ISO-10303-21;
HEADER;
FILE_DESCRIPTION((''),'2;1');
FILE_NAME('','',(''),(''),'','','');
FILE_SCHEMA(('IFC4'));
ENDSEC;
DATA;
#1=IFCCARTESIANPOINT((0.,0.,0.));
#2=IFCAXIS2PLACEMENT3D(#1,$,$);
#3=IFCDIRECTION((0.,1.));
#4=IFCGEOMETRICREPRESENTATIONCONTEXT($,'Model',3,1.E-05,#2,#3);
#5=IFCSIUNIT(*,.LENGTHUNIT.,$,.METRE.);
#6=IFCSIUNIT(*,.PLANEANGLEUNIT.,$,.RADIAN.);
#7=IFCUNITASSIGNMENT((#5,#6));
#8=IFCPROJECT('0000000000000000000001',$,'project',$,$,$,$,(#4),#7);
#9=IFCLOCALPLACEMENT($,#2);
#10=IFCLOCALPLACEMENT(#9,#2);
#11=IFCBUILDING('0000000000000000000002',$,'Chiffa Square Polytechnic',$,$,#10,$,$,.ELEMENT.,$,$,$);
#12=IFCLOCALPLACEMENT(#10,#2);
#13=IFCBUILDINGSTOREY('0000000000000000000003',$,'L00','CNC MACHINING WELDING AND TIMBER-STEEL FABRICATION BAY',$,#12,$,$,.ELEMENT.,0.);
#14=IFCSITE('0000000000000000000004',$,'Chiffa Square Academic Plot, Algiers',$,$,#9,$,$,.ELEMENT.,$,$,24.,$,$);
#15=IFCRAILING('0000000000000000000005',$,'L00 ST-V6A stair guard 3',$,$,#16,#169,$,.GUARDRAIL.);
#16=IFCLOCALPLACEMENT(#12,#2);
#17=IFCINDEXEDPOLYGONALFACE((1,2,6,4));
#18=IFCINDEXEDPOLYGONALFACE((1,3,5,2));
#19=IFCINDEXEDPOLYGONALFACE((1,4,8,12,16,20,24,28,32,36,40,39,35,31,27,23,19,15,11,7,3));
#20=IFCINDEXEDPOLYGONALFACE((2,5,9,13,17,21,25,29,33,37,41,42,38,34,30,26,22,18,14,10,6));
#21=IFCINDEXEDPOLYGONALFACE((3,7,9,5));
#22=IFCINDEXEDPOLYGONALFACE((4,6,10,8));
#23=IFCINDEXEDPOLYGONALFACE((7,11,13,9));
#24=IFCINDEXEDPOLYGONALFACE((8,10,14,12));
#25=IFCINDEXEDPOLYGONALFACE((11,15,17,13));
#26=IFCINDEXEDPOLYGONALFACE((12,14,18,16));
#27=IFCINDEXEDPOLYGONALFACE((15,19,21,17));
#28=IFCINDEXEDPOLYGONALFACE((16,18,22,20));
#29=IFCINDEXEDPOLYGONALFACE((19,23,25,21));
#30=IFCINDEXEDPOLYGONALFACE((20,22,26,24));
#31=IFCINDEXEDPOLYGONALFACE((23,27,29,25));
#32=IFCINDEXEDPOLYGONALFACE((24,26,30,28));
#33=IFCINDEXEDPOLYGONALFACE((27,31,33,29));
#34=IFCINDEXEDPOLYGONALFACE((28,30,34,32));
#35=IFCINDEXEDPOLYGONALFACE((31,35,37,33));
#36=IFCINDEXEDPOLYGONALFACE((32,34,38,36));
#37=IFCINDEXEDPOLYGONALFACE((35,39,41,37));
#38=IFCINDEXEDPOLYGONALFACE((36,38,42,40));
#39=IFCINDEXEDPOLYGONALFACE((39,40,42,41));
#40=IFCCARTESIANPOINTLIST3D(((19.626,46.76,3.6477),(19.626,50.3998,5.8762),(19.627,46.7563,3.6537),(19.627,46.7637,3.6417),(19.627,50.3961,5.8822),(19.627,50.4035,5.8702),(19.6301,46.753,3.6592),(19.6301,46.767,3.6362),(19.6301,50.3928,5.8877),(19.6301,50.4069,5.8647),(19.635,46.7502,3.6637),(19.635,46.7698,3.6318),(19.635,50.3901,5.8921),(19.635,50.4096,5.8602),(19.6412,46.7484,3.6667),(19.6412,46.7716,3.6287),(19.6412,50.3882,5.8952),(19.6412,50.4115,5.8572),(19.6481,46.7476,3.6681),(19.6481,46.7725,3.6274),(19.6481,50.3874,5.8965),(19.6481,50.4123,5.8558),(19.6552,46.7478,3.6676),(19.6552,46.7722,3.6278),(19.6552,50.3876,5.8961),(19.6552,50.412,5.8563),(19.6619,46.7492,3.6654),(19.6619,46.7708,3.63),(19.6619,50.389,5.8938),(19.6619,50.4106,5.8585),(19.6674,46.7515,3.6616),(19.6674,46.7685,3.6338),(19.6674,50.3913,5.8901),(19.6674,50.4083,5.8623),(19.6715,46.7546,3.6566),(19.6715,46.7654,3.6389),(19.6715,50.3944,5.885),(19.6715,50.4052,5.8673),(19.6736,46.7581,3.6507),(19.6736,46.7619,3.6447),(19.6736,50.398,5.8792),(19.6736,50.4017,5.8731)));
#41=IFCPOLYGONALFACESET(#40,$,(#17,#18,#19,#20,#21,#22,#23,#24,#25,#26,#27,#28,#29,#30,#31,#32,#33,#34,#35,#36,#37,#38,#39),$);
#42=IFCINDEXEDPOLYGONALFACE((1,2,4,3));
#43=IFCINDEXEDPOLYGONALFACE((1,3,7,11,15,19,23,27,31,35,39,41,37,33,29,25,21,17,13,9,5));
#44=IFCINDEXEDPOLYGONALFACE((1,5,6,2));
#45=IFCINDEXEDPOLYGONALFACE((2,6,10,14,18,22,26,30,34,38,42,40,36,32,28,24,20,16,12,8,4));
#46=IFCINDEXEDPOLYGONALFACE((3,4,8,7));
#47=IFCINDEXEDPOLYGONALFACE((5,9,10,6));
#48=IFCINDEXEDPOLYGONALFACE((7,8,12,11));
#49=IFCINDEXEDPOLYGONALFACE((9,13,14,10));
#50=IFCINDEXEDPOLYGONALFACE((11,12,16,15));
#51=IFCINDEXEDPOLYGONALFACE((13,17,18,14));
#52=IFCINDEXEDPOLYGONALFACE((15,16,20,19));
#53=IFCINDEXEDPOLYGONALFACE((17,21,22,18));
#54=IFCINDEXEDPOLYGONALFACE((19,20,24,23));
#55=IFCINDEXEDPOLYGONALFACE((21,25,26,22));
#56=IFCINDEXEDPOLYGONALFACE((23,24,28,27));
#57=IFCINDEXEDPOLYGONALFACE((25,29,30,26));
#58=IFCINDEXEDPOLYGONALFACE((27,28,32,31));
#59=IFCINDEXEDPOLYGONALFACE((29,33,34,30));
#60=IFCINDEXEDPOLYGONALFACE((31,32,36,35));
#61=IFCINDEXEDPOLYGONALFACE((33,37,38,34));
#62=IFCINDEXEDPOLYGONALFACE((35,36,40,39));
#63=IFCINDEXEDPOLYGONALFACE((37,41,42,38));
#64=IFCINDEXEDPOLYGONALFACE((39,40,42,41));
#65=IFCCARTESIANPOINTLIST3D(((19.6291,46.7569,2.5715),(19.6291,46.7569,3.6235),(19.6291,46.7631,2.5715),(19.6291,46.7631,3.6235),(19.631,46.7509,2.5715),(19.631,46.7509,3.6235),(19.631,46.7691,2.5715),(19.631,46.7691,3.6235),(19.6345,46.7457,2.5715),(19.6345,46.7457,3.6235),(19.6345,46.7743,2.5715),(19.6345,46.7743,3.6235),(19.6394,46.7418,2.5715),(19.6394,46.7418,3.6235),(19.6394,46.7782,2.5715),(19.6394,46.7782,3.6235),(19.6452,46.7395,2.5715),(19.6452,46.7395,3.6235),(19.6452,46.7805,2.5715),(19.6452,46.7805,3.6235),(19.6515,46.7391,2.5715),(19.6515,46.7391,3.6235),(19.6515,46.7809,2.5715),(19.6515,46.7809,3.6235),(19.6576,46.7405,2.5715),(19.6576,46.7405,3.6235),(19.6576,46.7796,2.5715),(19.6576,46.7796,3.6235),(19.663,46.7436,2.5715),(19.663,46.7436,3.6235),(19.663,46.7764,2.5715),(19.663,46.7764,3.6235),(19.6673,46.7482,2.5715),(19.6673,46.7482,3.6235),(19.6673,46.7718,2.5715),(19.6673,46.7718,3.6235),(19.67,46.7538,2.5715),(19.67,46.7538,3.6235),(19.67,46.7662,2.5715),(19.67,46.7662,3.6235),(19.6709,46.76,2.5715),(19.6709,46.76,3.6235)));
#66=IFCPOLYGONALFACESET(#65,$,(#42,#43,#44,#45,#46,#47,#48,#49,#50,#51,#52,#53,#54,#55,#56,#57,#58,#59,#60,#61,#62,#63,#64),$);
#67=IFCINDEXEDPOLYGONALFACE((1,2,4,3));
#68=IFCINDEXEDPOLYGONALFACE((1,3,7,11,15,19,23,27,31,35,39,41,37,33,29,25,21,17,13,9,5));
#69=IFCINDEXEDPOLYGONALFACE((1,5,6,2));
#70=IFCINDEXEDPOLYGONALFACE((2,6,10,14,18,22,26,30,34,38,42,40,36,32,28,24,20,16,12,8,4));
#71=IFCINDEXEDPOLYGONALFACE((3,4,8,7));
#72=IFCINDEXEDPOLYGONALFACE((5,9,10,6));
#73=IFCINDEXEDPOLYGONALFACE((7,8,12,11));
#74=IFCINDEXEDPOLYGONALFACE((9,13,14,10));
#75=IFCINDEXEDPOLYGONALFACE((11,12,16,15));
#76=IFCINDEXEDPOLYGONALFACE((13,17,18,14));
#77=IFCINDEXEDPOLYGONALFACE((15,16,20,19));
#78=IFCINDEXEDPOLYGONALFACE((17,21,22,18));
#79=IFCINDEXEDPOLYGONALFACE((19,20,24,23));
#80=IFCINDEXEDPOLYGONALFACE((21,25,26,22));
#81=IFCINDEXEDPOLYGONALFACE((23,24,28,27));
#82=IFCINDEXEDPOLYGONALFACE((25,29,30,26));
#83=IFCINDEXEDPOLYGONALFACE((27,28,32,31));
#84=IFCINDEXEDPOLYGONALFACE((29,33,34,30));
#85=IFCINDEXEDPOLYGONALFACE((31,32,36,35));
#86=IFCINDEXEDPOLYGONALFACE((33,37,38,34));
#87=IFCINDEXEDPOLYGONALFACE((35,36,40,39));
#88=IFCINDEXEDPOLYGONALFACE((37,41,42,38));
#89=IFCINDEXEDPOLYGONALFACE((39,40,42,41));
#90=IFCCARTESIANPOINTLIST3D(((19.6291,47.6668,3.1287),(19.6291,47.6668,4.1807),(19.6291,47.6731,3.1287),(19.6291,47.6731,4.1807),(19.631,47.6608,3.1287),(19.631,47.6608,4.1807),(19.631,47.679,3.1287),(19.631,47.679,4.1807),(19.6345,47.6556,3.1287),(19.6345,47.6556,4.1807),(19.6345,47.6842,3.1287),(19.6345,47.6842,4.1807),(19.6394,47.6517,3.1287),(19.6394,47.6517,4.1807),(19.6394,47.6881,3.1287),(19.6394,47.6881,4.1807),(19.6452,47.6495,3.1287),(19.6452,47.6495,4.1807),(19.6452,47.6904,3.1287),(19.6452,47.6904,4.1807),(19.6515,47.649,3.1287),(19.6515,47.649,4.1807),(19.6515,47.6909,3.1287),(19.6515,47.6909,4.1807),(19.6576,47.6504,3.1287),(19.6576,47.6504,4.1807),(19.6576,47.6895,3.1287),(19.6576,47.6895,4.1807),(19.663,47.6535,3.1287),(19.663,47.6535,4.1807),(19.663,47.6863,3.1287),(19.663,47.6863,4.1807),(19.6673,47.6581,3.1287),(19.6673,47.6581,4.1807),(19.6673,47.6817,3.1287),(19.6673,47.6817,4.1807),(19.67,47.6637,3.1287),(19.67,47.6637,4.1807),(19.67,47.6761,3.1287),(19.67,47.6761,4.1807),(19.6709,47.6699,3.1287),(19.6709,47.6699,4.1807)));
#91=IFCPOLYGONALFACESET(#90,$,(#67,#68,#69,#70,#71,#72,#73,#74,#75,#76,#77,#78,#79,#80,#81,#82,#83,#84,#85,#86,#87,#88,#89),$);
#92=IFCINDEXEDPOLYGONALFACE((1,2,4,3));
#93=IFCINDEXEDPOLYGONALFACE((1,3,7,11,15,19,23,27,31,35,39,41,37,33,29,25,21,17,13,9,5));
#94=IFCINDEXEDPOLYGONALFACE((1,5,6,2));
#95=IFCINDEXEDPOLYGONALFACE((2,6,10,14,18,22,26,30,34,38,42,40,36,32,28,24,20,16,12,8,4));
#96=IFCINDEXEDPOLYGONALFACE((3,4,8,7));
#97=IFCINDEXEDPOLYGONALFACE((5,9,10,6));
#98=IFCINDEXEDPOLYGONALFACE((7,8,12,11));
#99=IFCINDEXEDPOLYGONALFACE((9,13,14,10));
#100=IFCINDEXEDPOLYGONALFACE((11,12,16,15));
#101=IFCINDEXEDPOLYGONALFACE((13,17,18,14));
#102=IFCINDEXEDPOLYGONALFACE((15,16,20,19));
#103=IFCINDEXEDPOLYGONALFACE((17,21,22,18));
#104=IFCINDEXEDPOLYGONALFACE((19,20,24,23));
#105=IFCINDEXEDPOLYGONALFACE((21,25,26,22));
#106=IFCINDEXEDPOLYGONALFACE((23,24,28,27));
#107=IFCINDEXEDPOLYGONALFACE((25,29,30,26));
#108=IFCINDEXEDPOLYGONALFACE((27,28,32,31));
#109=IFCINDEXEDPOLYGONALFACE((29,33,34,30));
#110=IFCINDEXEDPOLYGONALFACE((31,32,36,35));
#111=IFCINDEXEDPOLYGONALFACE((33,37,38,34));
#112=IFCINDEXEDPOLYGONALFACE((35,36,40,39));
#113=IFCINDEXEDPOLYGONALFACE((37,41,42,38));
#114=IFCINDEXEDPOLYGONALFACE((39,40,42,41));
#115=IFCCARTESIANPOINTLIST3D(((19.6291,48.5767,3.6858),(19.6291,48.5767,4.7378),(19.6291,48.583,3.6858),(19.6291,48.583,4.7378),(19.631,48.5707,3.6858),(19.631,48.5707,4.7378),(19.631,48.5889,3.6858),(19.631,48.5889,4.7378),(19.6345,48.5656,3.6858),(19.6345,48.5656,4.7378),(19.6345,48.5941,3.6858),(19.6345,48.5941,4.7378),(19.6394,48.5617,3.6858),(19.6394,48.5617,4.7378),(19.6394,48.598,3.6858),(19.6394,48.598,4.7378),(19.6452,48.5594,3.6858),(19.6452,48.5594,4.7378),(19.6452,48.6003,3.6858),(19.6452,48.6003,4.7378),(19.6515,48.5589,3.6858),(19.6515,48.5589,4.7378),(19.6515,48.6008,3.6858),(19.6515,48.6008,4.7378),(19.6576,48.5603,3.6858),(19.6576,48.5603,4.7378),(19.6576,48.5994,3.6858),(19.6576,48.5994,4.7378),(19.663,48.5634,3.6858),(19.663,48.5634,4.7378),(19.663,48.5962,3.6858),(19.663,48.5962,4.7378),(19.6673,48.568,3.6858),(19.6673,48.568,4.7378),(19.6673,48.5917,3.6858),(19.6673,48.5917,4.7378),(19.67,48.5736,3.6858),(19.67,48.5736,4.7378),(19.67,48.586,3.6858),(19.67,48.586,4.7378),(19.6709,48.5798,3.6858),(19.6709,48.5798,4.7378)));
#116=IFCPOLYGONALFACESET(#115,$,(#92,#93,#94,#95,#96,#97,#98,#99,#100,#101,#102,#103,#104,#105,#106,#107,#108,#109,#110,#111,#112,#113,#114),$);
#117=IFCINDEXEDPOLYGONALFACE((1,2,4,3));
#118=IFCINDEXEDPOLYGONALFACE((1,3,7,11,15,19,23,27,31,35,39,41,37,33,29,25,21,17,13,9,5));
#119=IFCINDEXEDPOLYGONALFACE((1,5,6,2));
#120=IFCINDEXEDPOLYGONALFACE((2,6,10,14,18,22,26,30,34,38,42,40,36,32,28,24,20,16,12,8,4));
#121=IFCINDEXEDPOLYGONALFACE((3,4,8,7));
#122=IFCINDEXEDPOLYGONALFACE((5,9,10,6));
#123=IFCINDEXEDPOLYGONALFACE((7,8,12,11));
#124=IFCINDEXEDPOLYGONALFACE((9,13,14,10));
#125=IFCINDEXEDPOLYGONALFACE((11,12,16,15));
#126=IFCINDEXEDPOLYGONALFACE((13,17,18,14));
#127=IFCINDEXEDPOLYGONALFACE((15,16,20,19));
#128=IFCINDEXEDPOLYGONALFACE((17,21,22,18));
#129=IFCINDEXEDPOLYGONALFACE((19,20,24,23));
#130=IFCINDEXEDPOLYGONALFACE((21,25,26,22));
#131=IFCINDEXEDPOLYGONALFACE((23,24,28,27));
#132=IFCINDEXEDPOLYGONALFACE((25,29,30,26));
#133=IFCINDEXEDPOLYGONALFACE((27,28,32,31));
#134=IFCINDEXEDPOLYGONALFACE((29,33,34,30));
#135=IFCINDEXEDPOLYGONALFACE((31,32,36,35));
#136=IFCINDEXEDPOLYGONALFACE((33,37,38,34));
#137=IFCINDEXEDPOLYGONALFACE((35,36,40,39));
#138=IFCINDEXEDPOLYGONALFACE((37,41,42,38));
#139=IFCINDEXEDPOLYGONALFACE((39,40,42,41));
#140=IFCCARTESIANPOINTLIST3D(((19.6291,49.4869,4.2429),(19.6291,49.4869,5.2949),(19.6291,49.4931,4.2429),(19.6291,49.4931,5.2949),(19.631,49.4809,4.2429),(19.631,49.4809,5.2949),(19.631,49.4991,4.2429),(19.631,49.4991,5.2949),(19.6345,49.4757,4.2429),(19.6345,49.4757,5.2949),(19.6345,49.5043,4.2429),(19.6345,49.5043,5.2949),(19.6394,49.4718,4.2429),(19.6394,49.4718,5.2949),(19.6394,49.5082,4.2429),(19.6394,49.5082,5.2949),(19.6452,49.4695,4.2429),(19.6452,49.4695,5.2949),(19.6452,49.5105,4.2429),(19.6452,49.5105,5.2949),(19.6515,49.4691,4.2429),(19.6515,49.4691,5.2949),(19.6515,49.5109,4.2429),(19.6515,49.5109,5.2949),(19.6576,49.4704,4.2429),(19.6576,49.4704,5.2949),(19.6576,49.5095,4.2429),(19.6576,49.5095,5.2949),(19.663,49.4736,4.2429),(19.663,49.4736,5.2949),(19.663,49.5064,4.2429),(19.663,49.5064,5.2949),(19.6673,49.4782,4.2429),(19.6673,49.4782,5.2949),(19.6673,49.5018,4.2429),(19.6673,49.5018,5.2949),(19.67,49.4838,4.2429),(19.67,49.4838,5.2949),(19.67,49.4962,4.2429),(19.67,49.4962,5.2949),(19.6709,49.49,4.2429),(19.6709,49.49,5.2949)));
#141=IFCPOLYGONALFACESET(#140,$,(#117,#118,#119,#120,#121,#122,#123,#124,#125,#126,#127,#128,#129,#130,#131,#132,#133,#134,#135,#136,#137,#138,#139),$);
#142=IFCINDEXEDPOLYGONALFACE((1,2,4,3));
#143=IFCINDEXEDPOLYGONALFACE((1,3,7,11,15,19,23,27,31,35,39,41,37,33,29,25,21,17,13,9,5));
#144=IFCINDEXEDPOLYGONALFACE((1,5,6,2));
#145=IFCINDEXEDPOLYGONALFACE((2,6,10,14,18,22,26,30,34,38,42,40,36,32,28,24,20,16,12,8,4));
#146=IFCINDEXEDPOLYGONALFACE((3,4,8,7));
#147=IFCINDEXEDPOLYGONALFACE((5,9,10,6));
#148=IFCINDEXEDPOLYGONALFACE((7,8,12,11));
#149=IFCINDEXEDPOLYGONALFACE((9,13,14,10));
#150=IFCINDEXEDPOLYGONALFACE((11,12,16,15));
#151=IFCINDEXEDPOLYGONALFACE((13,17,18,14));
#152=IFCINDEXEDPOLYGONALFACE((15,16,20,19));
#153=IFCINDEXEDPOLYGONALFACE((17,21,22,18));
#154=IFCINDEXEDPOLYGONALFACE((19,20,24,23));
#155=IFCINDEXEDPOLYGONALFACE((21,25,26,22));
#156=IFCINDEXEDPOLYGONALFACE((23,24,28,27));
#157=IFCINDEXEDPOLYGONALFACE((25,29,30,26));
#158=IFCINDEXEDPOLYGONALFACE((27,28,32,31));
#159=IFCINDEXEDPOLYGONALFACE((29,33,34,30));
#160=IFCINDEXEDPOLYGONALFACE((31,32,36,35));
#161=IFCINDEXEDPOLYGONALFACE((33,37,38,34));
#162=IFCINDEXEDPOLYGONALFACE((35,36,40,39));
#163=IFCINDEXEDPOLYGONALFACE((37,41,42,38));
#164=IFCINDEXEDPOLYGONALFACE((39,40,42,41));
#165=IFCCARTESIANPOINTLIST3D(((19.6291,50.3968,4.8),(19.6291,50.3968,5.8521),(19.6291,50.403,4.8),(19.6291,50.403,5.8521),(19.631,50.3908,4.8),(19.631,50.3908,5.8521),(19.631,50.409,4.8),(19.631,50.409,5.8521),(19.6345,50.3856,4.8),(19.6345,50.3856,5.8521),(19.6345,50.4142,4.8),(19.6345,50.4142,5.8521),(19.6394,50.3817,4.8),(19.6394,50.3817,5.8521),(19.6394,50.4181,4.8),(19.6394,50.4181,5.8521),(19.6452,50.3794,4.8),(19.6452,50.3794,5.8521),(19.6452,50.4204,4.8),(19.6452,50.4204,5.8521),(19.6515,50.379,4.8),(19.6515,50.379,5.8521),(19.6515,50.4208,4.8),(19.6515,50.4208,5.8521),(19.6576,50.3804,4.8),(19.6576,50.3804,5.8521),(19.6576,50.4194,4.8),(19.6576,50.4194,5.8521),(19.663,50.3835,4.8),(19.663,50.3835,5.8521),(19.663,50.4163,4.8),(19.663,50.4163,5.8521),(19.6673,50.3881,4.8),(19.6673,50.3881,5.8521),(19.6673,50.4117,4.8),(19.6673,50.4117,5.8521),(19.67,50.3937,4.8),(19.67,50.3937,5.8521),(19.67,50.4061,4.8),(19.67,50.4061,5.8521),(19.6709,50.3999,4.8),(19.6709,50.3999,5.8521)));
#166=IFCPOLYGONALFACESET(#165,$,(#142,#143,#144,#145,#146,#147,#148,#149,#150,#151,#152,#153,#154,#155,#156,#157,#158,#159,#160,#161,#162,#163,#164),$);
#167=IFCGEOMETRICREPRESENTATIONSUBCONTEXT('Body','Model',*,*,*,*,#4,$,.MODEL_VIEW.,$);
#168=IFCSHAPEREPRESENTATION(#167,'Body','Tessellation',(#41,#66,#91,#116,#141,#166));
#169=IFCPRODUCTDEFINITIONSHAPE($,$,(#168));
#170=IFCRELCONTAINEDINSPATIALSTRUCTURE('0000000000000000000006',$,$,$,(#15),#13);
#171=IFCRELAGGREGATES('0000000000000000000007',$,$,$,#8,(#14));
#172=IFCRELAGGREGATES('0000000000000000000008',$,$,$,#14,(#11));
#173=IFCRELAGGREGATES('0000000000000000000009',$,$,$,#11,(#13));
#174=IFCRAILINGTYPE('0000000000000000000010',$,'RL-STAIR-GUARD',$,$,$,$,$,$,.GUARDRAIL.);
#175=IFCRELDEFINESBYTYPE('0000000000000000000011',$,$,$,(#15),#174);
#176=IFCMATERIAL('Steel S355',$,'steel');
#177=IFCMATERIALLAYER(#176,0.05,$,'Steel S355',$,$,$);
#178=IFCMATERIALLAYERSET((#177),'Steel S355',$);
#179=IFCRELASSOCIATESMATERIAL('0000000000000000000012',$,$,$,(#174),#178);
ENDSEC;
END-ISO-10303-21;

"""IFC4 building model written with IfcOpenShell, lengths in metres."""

from ifc_helpers import new_model, si_unit, direction, frame, origin, origin_2d, place, context, subcontext, project, spatial, circle, extrude, material, layer, layer_set, type_object, element, save


model = new_model("IFC4")

# Units and contexts
model_context = context("Model", 3, precision=1e-05, world=origin(), true_north=direction((0.0, 1.0)))
body_context = subcontext(model_context, "Body", "Model", "MODEL_VIEW")
ifc_project = project(units=[si_unit("LENGTHUNIT", "METRE"), si_unit("PLANEANGLEUNIT", "RADIAN")], contexts=[model_context])

# Site, building, storey
site_placement = place(None, origin())
site = spatial("IfcSite", under=ifc_project, at=site_placement, Name="Chiffa Square Academic Plot, Algiers", CompositionType="ELEMENT", RefElevation=24.0)
building_placement = place(site_placement, origin())
building = spatial("IfcBuilding", under=site, at=building_placement, Name="Chiffa Square Polytechnic", CompositionType="ELEMENT")
storey_placement = place(building_placement, origin())
storey = spatial("IfcBuildingStorey", under=building, at=storey_placement, Name="L00", Description="CNC MACHINING WELDING AND TIMBER-STEEL FABRICATION BAY", CompositionType="ELEMENT", Elevation=0.0)

# Railing
ifc_material_1 = material(Name="Steel S355", Category="steel")
ifc_layer_1 = layer(ifc_material_1, 0.05, Name="Steel S355")
ifc_layer_set_1 = layer_set([ifc_layer_1], Name="Steel S355")
railing_type_1 = type_object("IfcRailingType", Name="RL-STAIR-GUARD", PredefinedType="GUARDRAIL", material=ifc_layer_set_1)
railing_1_placement = place(storey_placement, frame((19.6499, 46.76, 2.5715)))
element("IfcRailing", 1, at=railing_1_placement, inside=storey, type_object=railing_type_1, Name="L00 ST-V6A stair guard 3", PredefinedType="GUARDRAIL", context=body_context, shape_type="SweptSolid", body=[
    extrude(circle(Radius=0.0239, at=origin_2d()), frame((0.0, 0.0, 1.0762), z_axis=(0.0, 0.85285, 0.522156), x_axis=(-1.0, 0.0, 0.0)), (0.0, 0.0, 1.0), 4.2678),
    extrude(circle(Radius=0.021, at=origin_2d()), origin(), (0.0, 0.0, 1.0), 1.052),
    extrude(circle(Radius=0.021, at=origin_2d()), frame((0.0, 0.9099, 0.5571)), (0.0, 0.0, 1.0), 1.052),
    extrude(circle(Radius=0.021, at=origin_2d()), frame((0.0, 1.8198, 1.1143)), (0.0, 0.0, 1.0), 1.052),
    extrude(circle(Radius=0.021, at=origin_2d()), frame((0.0, 2.73, 1.6714)), (0.0, 0.0, 1.0), 1.052),
    extrude(circle(Radius=0.021, at=origin_2d()), frame((0.0, 3.6399, 2.2285)), (0.0, 0.0, 1.0), 1.052),
])

save(model, "model.ifc")
